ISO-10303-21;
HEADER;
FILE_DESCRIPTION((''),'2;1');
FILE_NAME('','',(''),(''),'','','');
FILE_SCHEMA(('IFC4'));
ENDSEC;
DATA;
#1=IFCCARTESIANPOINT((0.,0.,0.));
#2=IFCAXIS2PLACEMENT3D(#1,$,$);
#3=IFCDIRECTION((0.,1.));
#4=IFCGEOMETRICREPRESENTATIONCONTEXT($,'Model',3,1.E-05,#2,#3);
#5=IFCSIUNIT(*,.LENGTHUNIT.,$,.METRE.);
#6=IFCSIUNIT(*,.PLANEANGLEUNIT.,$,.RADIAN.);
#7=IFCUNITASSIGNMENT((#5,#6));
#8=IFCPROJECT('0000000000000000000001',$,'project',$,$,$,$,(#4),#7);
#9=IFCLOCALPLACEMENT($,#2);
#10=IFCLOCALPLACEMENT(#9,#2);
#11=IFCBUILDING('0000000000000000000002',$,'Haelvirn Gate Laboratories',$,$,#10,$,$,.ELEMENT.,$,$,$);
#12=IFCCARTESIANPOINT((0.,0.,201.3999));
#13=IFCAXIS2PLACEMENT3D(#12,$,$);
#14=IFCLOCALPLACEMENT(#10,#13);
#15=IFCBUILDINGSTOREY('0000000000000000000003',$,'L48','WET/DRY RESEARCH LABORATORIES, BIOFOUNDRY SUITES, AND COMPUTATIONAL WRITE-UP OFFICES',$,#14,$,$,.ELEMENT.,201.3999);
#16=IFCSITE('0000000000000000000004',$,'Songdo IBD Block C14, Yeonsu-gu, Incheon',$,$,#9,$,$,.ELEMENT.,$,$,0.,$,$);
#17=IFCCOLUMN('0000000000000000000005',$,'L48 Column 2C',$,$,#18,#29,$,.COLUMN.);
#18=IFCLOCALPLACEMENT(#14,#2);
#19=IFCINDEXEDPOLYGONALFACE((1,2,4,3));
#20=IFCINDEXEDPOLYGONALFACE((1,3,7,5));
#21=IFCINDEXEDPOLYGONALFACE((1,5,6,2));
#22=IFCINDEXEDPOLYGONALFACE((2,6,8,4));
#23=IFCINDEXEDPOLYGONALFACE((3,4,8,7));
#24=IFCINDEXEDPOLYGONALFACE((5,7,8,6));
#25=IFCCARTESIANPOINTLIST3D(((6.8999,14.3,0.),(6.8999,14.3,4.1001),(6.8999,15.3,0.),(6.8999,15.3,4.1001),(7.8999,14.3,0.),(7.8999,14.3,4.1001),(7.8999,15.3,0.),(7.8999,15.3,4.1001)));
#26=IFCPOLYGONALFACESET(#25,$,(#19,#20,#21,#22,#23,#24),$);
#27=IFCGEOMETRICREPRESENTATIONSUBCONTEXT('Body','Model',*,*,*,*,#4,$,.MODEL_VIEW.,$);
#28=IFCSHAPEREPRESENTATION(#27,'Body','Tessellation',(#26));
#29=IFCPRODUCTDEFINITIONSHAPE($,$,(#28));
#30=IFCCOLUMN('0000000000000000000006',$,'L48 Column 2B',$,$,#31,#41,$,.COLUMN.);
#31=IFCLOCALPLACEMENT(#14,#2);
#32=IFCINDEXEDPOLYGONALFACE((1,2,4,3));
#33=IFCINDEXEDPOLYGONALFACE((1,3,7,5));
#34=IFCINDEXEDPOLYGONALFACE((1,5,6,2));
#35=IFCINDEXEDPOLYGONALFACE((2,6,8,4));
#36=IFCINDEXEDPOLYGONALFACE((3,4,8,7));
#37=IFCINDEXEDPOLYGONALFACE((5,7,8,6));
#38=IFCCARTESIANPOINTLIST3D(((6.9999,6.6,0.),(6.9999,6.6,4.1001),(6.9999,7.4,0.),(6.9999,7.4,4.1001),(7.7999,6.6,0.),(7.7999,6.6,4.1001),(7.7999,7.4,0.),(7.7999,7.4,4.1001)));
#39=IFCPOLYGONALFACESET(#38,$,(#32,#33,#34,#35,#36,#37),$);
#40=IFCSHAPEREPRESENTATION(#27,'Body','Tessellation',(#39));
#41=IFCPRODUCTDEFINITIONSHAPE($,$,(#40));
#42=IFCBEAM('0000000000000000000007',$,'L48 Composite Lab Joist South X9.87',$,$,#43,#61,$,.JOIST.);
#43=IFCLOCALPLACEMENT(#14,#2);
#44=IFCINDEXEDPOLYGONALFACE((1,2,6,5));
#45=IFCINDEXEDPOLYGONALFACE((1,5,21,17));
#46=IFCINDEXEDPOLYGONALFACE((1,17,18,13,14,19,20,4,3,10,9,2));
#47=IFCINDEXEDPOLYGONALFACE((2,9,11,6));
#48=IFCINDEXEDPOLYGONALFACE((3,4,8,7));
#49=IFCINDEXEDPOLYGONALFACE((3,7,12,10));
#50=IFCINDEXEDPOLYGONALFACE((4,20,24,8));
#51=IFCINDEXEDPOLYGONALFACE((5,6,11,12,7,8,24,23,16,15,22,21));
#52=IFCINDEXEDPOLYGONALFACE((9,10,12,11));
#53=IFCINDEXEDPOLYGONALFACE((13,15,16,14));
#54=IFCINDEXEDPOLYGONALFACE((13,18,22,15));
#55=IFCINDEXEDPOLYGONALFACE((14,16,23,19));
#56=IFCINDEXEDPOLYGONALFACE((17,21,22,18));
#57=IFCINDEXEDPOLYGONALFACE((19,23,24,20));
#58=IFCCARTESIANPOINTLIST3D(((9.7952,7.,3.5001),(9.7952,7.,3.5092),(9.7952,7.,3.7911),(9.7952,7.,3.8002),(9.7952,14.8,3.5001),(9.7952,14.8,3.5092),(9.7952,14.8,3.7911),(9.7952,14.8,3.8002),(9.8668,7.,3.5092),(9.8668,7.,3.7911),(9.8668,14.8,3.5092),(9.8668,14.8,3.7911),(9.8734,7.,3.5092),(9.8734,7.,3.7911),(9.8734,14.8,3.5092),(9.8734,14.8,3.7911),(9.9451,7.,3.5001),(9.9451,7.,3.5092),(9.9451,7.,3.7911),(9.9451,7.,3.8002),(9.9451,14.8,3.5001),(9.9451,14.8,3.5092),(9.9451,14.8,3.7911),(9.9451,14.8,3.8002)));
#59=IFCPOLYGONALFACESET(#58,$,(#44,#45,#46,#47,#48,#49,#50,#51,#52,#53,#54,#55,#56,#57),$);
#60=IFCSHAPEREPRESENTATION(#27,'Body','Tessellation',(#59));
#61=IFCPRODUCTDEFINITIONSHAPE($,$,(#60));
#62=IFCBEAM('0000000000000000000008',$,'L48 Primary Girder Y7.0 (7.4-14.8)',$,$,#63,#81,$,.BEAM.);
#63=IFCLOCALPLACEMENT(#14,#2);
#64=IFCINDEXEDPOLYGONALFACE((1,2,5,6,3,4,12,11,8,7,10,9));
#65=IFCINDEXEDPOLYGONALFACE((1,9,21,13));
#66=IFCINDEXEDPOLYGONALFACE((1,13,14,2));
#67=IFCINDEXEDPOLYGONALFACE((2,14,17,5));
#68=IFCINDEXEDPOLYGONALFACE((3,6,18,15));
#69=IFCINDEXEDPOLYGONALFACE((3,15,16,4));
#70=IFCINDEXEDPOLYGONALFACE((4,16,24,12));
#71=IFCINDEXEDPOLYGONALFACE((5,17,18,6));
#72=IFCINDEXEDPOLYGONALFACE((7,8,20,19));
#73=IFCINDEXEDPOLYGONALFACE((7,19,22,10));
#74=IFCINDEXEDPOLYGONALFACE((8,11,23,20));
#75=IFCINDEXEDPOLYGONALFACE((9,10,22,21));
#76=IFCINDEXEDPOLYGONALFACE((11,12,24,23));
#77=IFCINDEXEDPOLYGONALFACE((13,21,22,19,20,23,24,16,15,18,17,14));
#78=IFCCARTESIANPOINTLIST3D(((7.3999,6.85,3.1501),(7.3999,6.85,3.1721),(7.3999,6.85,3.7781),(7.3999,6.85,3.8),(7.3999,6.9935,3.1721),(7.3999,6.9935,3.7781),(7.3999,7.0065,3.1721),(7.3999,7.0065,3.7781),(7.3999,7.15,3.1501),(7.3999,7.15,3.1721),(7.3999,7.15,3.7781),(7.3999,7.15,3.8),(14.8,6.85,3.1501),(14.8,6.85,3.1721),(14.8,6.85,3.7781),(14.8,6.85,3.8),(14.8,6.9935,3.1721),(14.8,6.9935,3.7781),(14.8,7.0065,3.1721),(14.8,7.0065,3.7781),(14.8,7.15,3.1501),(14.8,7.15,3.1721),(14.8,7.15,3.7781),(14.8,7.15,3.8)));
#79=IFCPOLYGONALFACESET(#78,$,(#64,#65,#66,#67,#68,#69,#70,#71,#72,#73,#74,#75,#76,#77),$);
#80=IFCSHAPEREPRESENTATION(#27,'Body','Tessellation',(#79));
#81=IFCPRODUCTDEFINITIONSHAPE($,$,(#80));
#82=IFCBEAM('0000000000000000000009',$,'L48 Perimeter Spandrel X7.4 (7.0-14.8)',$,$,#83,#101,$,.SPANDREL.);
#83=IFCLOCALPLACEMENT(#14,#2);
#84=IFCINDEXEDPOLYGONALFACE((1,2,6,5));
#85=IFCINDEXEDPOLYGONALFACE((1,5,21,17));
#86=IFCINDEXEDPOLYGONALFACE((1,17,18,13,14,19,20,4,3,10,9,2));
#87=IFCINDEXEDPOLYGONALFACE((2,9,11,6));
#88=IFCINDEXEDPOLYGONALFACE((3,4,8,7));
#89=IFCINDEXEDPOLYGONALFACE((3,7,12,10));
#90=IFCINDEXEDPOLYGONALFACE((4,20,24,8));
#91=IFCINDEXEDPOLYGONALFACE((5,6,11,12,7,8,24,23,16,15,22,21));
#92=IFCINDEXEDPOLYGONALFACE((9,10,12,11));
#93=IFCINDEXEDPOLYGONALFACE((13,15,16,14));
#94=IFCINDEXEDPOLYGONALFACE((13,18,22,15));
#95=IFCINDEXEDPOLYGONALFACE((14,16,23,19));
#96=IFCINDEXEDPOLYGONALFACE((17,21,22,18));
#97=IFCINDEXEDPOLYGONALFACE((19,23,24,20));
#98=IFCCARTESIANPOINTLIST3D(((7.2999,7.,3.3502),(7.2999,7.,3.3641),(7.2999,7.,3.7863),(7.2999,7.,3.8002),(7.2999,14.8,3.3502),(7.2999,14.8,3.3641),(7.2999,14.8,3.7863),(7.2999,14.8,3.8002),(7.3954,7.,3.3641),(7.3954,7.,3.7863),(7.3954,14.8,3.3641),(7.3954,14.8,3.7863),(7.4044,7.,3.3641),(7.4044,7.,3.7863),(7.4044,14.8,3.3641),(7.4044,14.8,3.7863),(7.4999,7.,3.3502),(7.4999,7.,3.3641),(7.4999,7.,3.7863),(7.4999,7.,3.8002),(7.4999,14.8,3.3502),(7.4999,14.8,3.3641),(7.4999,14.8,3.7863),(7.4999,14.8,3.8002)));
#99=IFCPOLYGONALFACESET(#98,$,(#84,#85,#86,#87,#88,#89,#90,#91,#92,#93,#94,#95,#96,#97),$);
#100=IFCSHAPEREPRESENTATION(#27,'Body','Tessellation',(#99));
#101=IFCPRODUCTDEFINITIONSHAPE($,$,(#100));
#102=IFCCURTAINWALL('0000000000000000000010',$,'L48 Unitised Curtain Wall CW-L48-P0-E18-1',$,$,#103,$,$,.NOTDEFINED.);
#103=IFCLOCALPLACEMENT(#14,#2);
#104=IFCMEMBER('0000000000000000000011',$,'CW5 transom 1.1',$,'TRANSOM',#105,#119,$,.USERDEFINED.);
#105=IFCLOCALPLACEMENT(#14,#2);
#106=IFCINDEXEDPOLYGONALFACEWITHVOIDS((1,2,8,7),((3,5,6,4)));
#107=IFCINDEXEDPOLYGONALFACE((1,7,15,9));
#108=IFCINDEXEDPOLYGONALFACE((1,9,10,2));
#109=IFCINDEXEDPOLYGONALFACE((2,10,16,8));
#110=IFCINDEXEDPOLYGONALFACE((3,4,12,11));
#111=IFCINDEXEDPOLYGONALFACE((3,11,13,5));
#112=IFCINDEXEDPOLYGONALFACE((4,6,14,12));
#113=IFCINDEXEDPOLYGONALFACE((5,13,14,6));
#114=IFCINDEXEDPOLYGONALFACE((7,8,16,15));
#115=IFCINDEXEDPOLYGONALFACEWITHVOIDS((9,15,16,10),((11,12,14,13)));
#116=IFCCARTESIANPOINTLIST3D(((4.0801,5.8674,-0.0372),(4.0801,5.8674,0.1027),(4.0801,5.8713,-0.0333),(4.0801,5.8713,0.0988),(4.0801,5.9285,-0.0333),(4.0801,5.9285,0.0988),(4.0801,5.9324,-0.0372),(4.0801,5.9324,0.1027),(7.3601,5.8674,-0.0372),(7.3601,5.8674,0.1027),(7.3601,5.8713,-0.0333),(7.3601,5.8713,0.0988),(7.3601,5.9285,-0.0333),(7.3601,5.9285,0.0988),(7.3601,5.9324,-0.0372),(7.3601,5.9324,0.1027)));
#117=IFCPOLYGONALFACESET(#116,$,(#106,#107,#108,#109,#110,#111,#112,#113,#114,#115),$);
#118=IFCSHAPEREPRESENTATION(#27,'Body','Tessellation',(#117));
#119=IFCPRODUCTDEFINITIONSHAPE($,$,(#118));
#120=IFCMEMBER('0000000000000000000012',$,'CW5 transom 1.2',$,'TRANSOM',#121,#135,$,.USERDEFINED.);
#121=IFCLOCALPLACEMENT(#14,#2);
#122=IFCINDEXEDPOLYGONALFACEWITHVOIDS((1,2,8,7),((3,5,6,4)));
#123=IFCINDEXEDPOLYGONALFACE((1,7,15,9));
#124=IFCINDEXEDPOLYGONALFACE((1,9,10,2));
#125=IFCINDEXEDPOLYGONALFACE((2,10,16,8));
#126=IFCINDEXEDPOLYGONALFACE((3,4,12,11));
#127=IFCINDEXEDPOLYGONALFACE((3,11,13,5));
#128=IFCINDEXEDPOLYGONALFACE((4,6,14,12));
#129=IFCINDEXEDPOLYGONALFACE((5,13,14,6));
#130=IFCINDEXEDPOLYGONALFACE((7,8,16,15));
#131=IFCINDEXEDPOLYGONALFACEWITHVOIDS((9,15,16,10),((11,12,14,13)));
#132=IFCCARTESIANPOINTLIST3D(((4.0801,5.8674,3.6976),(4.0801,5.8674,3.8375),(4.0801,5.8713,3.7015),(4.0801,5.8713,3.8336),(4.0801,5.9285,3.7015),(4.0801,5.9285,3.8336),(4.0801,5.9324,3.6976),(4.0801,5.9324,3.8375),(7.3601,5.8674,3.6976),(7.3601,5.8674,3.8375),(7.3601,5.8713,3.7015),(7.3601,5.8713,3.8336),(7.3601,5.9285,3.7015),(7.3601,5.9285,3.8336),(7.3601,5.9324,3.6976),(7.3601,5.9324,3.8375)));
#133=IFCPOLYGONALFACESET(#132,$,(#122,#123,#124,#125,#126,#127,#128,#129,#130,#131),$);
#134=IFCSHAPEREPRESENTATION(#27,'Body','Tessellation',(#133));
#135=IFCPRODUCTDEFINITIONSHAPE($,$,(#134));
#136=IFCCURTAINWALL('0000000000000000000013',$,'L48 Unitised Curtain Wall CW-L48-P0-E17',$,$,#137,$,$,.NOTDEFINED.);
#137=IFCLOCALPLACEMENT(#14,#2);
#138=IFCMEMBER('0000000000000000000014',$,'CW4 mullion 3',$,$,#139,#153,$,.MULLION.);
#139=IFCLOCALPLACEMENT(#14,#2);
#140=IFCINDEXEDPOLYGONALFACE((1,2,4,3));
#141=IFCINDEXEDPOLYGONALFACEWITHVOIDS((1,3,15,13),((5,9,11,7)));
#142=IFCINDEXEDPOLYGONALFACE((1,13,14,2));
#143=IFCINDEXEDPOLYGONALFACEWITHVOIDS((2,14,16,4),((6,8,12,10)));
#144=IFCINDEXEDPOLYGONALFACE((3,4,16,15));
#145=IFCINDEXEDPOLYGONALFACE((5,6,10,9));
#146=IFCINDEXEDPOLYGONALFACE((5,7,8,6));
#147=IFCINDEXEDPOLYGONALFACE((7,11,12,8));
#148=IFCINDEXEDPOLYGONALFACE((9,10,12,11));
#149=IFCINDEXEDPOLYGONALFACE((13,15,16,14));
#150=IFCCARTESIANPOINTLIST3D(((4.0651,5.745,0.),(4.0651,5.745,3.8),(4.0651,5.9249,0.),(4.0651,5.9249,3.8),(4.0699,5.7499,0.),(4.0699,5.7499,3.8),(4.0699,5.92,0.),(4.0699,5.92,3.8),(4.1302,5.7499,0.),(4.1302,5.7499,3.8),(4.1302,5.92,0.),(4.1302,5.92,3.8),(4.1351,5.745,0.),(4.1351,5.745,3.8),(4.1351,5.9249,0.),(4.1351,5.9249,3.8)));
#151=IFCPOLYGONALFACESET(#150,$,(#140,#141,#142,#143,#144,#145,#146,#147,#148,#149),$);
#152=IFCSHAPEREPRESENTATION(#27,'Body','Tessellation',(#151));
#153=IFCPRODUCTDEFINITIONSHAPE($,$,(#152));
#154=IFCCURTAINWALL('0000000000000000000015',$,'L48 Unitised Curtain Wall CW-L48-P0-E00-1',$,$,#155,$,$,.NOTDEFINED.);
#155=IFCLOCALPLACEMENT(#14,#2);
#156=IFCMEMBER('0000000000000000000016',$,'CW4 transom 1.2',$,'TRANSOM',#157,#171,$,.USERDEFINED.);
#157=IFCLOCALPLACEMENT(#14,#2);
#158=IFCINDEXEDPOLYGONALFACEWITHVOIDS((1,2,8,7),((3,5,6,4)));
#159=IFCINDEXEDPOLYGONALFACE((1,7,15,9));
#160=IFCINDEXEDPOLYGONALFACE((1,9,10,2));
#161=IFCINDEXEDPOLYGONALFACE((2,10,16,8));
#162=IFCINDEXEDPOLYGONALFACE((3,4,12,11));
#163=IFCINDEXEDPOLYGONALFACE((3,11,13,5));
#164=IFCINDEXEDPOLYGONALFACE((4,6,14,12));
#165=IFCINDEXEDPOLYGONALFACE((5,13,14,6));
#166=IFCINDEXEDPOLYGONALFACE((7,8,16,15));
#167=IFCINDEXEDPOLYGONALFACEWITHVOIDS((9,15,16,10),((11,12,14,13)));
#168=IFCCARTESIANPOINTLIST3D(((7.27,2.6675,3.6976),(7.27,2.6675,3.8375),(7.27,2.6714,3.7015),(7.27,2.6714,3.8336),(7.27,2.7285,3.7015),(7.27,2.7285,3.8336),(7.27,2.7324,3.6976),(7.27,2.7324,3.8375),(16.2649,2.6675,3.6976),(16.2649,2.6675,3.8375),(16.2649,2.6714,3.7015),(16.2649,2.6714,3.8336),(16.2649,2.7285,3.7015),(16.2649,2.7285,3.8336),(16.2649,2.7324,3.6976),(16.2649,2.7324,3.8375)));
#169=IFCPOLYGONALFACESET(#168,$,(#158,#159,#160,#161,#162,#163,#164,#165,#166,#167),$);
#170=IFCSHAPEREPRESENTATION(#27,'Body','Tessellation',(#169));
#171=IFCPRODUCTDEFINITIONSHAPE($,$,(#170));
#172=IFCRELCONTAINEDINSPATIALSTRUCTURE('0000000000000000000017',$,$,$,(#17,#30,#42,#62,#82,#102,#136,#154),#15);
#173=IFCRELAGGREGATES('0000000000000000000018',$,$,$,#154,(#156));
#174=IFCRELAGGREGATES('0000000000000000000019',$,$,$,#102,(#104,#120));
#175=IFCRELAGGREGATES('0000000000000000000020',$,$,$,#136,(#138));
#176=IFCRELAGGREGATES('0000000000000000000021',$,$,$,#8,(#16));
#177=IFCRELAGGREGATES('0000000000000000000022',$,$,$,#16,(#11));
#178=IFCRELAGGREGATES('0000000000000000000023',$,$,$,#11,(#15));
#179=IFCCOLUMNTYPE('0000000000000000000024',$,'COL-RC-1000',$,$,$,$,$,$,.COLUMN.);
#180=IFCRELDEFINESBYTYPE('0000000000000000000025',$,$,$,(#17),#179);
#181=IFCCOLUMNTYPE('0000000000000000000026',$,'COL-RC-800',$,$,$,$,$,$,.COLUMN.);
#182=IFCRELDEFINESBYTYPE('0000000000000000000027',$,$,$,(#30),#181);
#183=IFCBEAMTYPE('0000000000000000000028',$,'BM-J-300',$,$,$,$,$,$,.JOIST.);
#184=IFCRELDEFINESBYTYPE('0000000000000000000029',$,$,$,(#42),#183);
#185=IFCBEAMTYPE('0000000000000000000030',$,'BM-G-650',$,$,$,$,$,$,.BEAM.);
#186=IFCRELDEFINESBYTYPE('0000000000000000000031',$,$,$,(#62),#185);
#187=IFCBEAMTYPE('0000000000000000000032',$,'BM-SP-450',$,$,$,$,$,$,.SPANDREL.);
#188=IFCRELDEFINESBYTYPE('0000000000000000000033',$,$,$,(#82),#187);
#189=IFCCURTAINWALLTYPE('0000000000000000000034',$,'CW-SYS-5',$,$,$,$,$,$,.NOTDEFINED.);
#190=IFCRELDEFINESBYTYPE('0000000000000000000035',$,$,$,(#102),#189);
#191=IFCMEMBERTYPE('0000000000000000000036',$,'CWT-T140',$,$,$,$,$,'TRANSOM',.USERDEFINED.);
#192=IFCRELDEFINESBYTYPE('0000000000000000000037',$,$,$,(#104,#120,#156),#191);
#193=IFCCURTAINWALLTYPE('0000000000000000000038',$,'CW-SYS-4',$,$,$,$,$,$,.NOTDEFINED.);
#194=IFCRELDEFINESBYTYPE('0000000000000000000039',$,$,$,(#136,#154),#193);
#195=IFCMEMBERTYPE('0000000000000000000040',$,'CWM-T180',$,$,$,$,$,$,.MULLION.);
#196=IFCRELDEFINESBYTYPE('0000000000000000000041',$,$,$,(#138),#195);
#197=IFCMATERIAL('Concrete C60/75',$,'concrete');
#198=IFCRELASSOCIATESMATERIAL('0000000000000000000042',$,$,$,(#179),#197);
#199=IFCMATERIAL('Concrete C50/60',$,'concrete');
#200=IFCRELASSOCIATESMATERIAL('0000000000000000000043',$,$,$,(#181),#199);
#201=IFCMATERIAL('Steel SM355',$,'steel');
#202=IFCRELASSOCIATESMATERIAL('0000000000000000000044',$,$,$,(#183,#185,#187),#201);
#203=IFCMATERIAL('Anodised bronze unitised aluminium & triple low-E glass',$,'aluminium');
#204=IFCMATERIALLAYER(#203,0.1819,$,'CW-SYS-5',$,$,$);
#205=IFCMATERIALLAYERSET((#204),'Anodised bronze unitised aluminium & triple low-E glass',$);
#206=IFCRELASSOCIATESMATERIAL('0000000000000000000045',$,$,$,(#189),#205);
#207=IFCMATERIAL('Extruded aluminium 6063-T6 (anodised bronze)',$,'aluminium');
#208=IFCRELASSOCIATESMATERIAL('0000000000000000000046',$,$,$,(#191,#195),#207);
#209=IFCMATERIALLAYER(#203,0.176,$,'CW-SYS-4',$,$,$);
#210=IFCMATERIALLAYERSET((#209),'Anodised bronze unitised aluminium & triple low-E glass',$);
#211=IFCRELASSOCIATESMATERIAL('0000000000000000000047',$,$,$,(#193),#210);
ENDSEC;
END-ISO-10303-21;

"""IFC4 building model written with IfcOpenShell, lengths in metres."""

from ifc_helpers import new_model, si_unit, direction, frame, origin, origin_2d, place, context, subcontext, project, spatial, rectangle, hollow_rectangle, i_section, extrude, source, transform, mapped, material, layer, layer_set, material_profile, profile_set, type_object, type_shapes, element, aggregate, save


model = new_model("IFC4")

# Units and contexts
model_context = context("Model", 3, precision=1e-05, world=origin(), true_north=direction((0.0, 1.0)))
body_context = subcontext(model_context, "Body", "Model", "MODEL_VIEW")
ifc_project = project(units=[si_unit("LENGTHUNIT", "METRE"), si_unit("PLANEANGLEUNIT", "RADIAN")], contexts=[model_context])

# Site, building, storey
site_placement = place(None, origin())
site = spatial("IfcSite", under=ifc_project, at=site_placement, Name="Songdo IBD Block C14, Yeonsu-gu, Incheon", CompositionType="ELEMENT", RefElevation=0.0)
building_placement = place(site_placement, origin())
building = spatial("IfcBuilding", under=site, at=building_placement, Name="Haelvirn Gate Laboratories", CompositionType="ELEMENT")
storey_placement = place(building_placement, frame((0.0, 0.0, 201.3999)))
storey = spatial("IfcBuildingStorey", under=building, at=storey_placement, Name="L48", Description="WET/DRY RESEARCH LABORATORIES, BIOFOUNDRY SUITES, AND COMPUTATIONAL WRITE-UP OFFICES", CompositionType="ELEMENT", Elevation=201.3999)

# Columns
ifc_material_1 = material(Name="Concrete C60/75", Category="concrete")
ifc_material_profile_1 = material_profile(ifc_material_1, rectangle(XDim=1.0, YDim=1.0, at=origin_2d()), Name="RC-1000x1000")
ifc_profile_set_1 = profile_set([ifc_material_profile_1], Name="Concrete C60/75")
column_type_1 = type_object("IfcColumnType", Name="COL-RC-1000", PredefinedType="COLUMN", material=ifc_profile_set_1)
shared_shape_1 = source(origin(), body_context, "Body", "SweptSolid", [
    extrude(rectangle(XDim=1.0, YDim=1.0, at=origin_2d()), origin(), (0.0, 0.0, 1.0), 4.1001),
])
type_shapes(column_type_1, [shared_shape_1])
column_1_placement = place(storey_placement, frame((7.3999, 14.8, 0.0), z_axis=(0.0, 0.0, 1.0), x_axis=(1.0, 0.0, 0.0)))
element("IfcColumn", 1, at=column_1_placement, inside=storey, type_object=column_type_1, Name="L48 Column 2C", PredefinedType="COLUMN", context=body_context, shape_type="MappedRepresentation", body=[
    mapped(shared_shape_1, transform((0.0, 0.0, 0.0), scale=1.0)),
])
ifc_material_2 = material(Name="Concrete C50/60", Category="concrete")
ifc_material_profile_2 = material_profile(ifc_material_2, rectangle(XDim=0.8, YDim=0.8, at=origin_2d()), Name="RC-800x800")
ifc_profile_set_2 = profile_set([ifc_material_profile_2], Name="Concrete C50/60")
column_type_2 = type_object("IfcColumnType", Name="COL-RC-800", PredefinedType="COLUMN", material=ifc_profile_set_2)
shared_shape_2 = source(origin(), body_context, "Body", "SweptSolid", [
    extrude(rectangle(XDim=0.8, YDim=0.8, at=origin_2d()), origin(), (0.0, 0.0, 1.0), 4.1001),
])
type_shapes(column_type_2, [shared_shape_2])
column_2_placement = place(storey_placement, frame((7.3999, 7.0, 0.0), z_axis=(0.0, 0.0, 1.0), x_axis=(1.0, 0.0, 0.0)))
element("IfcColumn", 2, at=column_2_placement, inside=storey, type_object=column_type_2, Name="L48 Column 2B", PredefinedType="COLUMN", context=body_context, shape_type="MappedRepresentation", body=[
    mapped(shared_shape_2, transform((0.0, 0.0, 0.0), scale=1.0)),
])

# Beams
ifc_material_3 = material(Name="Steel SM355", Category="steel")
ifc_material_profile_3 = material_profile(ifc_material_3, i_section(OverallWidth=0.1499, OverallDepth=0.3, WebThickness=0.0066, FlangeThickness=0.009, at=origin_2d()), Name="H-300x150x6.5x9")
ifc_profile_set_3 = profile_set([ifc_material_profile_3], Name="Steel SM355")
beam_type_1 = type_object("IfcBeamType", Name="BM-J-300", PredefinedType="JOIST", material=ifc_profile_set_3)
shared_shape_3 = source(origin(), body_context, "Body", "SweptSolid", [
    extrude(i_section(OverallWidth=0.1499, OverallDepth=0.3, WebThickness=0.0066, FlangeThickness=0.009, at=origin_2d()), origin(), (0.0, 0.0, 1.0), 7.8),
])
type_shapes(beam_type_1, [shared_shape_3])
beam_1_placement = place(storey_placement, frame((9.8701, 7.0, 3.6501), z_axis=(0.0, 1.0, 0.0), x_axis=(-1.0, 0.0, 0.0)))
element("IfcBeam", 3, at=beam_1_placement, inside=storey, type_object=beam_type_1, Name="L48 Composite Lab Joist South X9.87", PredefinedType="JOIST", context=body_context, shape_type="MappedRepresentation", body=[
    mapped(shared_shape_3, transform((0.0, 0.0, 0.0), scale=1.0)),
])
ifc_material_profile_4 = material_profile(ifc_material_3, i_section(OverallWidth=0.3, OverallDepth=0.6499, WebThickness=0.0129, FlangeThickness=0.022, at=origin_2d()), Name="H-650x300x13x22")
ifc_profile_set_4 = profile_set([ifc_material_profile_4], Name="Steel SM355")
beam_type_2 = type_object("IfcBeamType", Name="BM-G-650", PredefinedType="BEAM", material=ifc_profile_set_4)
shared_shape_4 = source(origin(), body_context, "Body", "SweptSolid", [
    extrude(i_section(OverallWidth=0.3, OverallDepth=0.6499, WebThickness=0.0129, FlangeThickness=0.022, at=origin_2d()), origin(), (0.0, 0.0, 1.0), 7.4001),
])
type_shapes(beam_type_2, [shared_shape_4])
beam_2_placement = place(storey_placement, frame((7.3999, 7.0, 3.4751), z_axis=(1.0, 0.0, 0.0), x_axis=(0.0, 1.0, 0.0)))
element("IfcBeam", 4, at=beam_2_placement, inside=storey, type_object=beam_type_2, Name="L48 Primary Girder Y7.0 (7.4-14.8)", PredefinedType="BEAM", context=body_context, shape_type="MappedRepresentation", body=[
    mapped(shared_shape_4, transform((0.0, 0.0, 0.0), scale=1.0)),
])
ifc_material_profile_5 = material_profile(ifc_material_3, i_section(OverallWidth=0.2, OverallDepth=0.45, WebThickness=0.009, FlangeThickness=0.0139, at=origin_2d()), Name="H-450x200x9x14")
ifc_profile_set_5 = profile_set([ifc_material_profile_5], Name="Steel SM355")
beam_type_3 = type_object("IfcBeamType", Name="BM-SP-450", PredefinedType="SPANDREL", material=ifc_profile_set_5)
shared_shape_5 = source(origin(), body_context, "Body", "SweptSolid", [
    extrude(i_section(OverallWidth=0.2, OverallDepth=0.45, WebThickness=0.009, FlangeThickness=0.0139, at=origin_2d()), origin(), (0.0, 0.0, 1.0), 7.8),
])
type_shapes(beam_type_3, [shared_shape_5])
beam_3_placement = place(storey_placement, frame((7.3999, 7.0, 3.5752), z_axis=(0.0, 1.0, 0.0), x_axis=(-1.0, 0.0, 0.0)))
element("IfcBeam", 5, at=beam_3_placement, inside=storey, type_object=beam_type_3, Name="L48 Perimeter Spandrel X7.4 (7.0-14.8)", PredefinedType="SPANDREL", context=body_context, shape_type="MappedRepresentation", body=[
    mapped(shared_shape_5, transform((0.0, 0.0, 0.0), scale=1.0)),
])

# Curtain wall, members
ifc_material_4 = material(Name="Anodised bronze unitised aluminium & triple low-E glass", Category="aluminium")
ifc_layer_1 = layer(ifc_material_4, 0.1819, Name="CW-SYS-5")
ifc_layer_set_1 = layer_set([ifc_layer_1], Name="Anodised bronze unitised aluminium & triple low-E glass")
curtain_wall_type_1 = type_object("IfcCurtainWallType", Name="CW-SYS-5", PredefinedType="NOTDEFINED", material=ifc_layer_set_1)
curtain_wall_1_placement = place(storey_placement, origin())
curtain_wall_1 = element("IfcCurtainWall", 6, at=curtain_wall_1_placement, inside=storey, type_object=curtain_wall_type_1, Name="L48 Unitised Curtain Wall CW-L48-P0-E18-1", PredefinedType="NOTDEFINED")
ifc_material_5 = material(Name="Extruded aluminium 6063-T6 (anodised bronze)", Category="aluminium")
ifc_material_profile_6 = material_profile(ifc_material_5, hollow_rectangle(XDim=0.0649, YDim=0.1399, WallThickness=0.0039, at=origin_2d()), Name="CWT-140x65x4")
ifc_profile_set_6 = profile_set([ifc_material_profile_6], Name="Extruded aluminium 6063-T6 (anodised bronze)")
member_type_1 = type_object("IfcMemberType", Name="CWT-T140", ElementType="TRANSOM", PredefinedType="USERDEFINED", material=ifc_profile_set_6)
shared_shape_6 = source(origin(), body_context, "Body", "SweptSolid", [
    extrude(hollow_rectangle(XDim=0.0649, YDim=0.1399, WallThickness=0.0039, at=origin_2d()), origin(), (0.0, 0.0, 1.0), 3.28),
])
member_1_placement = place(storey_placement, frame((4.0801, 5.8999, 0.0327), z_axis=(1.0, 0.0, 0.0), x_axis=(0.0, 1.0, 0.0)))
member_1 = element("IfcMember", 7, at=member_1_placement, type_object=member_type_1, Name="CW5 transom 1.1", ObjectType="TRANSOM", PredefinedType="USERDEFINED", context=body_context, shape_type="MappedRepresentation", body=[
    mapped(shared_shape_6, transform((0.0, 0.0, 0.0), scale=1.0)),
])
member_2_placement = place(storey_placement, frame((4.0801, 5.8999, 3.7676), z_axis=(1.0, 0.0, 0.0), x_axis=(0.0, 1.0, 0.0)))
member_2 = element("IfcMember", 8, at=member_2_placement, type_object=member_type_1, Name="CW5 transom 1.2", ObjectType="TRANSOM", PredefinedType="USERDEFINED", context=body_context, shape_type="MappedRepresentation", body=[
    mapped(shared_shape_6, transform((0.0, 0.0, 0.0), scale=1.0)),
])

# Curtain walls, members
ifc_layer_2 = layer(ifc_material_4, 0.176, Name="CW-SYS-4")
ifc_layer_set_2 = layer_set([ifc_layer_2], Name="Anodised bronze unitised aluminium & triple low-E glass")
curtain_wall_type_2 = type_object("IfcCurtainWallType", Name="CW-SYS-4", PredefinedType="NOTDEFINED", material=ifc_layer_set_2)
curtain_wall_2_placement = place(storey_placement, origin())
curtain_wall_2 = element("IfcCurtainWall", 9, at=curtain_wall_2_placement, inside=storey, type_object=curtain_wall_type_2, Name="L48 Unitised Curtain Wall CW-L48-P0-E17", PredefinedType="NOTDEFINED")
ifc_material_profile_7 = material_profile(ifc_material_5, hollow_rectangle(XDim=0.0701, YDim=0.1799, WallThickness=0.0049, at=origin_2d()), Name="CWM-180x70x5")
ifc_profile_set_7 = profile_set([ifc_material_profile_7], Name="Extruded aluminium 6063-T6 (anodised bronze)")
member_type_2 = type_object("IfcMemberType", Name="CWM-T180", PredefinedType="MULLION", material=ifc_profile_set_7)
shared_shape_7 = source(origin(), body_context, "Body", "SweptSolid", [
    extrude(hollow_rectangle(XDim=0.0701, YDim=0.1799, WallThickness=0.0049, at=origin_2d()), origin(), (0.0, 0.0, 1.0), 3.8),
])
type_shapes(member_type_2, [shared_shape_7])
member_3_placement = place(storey_placement, frame((4.1001, 5.835, 0.0), z_axis=(0.0, 0.0, 1.0), x_axis=(1.0, 0.0, 0.0)))
member_3 = element("IfcMember", 10, at=member_3_placement, type_object=member_type_2, Name="CW4 mullion 3", PredefinedType="MULLION", context=body_context, shape_type="MappedRepresentation", body=[
    mapped(shared_shape_7, transform((0.0, 0.0, 0.0), scale=1.0)),
])
curtain_wall_3_placement = place(storey_placement, origin())
curtain_wall_3 = element("IfcCurtainWall", 11, at=curtain_wall_3_placement, inside=storey, type_object=curtain_wall_type_2, Name="L48 Unitised Curtain Wall CW-L48-P0-E00-1", PredefinedType="NOTDEFINED")
shared_shape_8 = source(origin(), body_context, "Body", "SweptSolid", [
    extrude(hollow_rectangle(XDim=0.0649, YDim=0.1399, WallThickness=0.0039, at=origin_2d()), origin(), (0.0, 0.0, 1.0), 8.9949),
])
type_shapes(member_type_1, [shared_shape_6, shared_shape_8])
member_4_placement = place(storey_placement, frame((7.27, 2.7, 3.7676), z_axis=(1.0, 0.0, 0.0), x_axis=(0.0, 1.0, 0.0)))
member_4 = element("IfcMember", 12, at=member_4_placement, type_object=member_type_1, Name="CW4 transom 1.2", ObjectType="TRANSOM", PredefinedType="USERDEFINED", context=body_context, shape_type="MappedRepresentation", body=[
    mapped(shared_shape_8, transform((0.0, 0.0, 0.0), scale=1.0)),
])

aggregate(curtain_wall_3, [member_4])
aggregate(curtain_wall_1, [member_1, member_2])
aggregate(curtain_wall_2, [member_3])

save(model, "model.ifc")
